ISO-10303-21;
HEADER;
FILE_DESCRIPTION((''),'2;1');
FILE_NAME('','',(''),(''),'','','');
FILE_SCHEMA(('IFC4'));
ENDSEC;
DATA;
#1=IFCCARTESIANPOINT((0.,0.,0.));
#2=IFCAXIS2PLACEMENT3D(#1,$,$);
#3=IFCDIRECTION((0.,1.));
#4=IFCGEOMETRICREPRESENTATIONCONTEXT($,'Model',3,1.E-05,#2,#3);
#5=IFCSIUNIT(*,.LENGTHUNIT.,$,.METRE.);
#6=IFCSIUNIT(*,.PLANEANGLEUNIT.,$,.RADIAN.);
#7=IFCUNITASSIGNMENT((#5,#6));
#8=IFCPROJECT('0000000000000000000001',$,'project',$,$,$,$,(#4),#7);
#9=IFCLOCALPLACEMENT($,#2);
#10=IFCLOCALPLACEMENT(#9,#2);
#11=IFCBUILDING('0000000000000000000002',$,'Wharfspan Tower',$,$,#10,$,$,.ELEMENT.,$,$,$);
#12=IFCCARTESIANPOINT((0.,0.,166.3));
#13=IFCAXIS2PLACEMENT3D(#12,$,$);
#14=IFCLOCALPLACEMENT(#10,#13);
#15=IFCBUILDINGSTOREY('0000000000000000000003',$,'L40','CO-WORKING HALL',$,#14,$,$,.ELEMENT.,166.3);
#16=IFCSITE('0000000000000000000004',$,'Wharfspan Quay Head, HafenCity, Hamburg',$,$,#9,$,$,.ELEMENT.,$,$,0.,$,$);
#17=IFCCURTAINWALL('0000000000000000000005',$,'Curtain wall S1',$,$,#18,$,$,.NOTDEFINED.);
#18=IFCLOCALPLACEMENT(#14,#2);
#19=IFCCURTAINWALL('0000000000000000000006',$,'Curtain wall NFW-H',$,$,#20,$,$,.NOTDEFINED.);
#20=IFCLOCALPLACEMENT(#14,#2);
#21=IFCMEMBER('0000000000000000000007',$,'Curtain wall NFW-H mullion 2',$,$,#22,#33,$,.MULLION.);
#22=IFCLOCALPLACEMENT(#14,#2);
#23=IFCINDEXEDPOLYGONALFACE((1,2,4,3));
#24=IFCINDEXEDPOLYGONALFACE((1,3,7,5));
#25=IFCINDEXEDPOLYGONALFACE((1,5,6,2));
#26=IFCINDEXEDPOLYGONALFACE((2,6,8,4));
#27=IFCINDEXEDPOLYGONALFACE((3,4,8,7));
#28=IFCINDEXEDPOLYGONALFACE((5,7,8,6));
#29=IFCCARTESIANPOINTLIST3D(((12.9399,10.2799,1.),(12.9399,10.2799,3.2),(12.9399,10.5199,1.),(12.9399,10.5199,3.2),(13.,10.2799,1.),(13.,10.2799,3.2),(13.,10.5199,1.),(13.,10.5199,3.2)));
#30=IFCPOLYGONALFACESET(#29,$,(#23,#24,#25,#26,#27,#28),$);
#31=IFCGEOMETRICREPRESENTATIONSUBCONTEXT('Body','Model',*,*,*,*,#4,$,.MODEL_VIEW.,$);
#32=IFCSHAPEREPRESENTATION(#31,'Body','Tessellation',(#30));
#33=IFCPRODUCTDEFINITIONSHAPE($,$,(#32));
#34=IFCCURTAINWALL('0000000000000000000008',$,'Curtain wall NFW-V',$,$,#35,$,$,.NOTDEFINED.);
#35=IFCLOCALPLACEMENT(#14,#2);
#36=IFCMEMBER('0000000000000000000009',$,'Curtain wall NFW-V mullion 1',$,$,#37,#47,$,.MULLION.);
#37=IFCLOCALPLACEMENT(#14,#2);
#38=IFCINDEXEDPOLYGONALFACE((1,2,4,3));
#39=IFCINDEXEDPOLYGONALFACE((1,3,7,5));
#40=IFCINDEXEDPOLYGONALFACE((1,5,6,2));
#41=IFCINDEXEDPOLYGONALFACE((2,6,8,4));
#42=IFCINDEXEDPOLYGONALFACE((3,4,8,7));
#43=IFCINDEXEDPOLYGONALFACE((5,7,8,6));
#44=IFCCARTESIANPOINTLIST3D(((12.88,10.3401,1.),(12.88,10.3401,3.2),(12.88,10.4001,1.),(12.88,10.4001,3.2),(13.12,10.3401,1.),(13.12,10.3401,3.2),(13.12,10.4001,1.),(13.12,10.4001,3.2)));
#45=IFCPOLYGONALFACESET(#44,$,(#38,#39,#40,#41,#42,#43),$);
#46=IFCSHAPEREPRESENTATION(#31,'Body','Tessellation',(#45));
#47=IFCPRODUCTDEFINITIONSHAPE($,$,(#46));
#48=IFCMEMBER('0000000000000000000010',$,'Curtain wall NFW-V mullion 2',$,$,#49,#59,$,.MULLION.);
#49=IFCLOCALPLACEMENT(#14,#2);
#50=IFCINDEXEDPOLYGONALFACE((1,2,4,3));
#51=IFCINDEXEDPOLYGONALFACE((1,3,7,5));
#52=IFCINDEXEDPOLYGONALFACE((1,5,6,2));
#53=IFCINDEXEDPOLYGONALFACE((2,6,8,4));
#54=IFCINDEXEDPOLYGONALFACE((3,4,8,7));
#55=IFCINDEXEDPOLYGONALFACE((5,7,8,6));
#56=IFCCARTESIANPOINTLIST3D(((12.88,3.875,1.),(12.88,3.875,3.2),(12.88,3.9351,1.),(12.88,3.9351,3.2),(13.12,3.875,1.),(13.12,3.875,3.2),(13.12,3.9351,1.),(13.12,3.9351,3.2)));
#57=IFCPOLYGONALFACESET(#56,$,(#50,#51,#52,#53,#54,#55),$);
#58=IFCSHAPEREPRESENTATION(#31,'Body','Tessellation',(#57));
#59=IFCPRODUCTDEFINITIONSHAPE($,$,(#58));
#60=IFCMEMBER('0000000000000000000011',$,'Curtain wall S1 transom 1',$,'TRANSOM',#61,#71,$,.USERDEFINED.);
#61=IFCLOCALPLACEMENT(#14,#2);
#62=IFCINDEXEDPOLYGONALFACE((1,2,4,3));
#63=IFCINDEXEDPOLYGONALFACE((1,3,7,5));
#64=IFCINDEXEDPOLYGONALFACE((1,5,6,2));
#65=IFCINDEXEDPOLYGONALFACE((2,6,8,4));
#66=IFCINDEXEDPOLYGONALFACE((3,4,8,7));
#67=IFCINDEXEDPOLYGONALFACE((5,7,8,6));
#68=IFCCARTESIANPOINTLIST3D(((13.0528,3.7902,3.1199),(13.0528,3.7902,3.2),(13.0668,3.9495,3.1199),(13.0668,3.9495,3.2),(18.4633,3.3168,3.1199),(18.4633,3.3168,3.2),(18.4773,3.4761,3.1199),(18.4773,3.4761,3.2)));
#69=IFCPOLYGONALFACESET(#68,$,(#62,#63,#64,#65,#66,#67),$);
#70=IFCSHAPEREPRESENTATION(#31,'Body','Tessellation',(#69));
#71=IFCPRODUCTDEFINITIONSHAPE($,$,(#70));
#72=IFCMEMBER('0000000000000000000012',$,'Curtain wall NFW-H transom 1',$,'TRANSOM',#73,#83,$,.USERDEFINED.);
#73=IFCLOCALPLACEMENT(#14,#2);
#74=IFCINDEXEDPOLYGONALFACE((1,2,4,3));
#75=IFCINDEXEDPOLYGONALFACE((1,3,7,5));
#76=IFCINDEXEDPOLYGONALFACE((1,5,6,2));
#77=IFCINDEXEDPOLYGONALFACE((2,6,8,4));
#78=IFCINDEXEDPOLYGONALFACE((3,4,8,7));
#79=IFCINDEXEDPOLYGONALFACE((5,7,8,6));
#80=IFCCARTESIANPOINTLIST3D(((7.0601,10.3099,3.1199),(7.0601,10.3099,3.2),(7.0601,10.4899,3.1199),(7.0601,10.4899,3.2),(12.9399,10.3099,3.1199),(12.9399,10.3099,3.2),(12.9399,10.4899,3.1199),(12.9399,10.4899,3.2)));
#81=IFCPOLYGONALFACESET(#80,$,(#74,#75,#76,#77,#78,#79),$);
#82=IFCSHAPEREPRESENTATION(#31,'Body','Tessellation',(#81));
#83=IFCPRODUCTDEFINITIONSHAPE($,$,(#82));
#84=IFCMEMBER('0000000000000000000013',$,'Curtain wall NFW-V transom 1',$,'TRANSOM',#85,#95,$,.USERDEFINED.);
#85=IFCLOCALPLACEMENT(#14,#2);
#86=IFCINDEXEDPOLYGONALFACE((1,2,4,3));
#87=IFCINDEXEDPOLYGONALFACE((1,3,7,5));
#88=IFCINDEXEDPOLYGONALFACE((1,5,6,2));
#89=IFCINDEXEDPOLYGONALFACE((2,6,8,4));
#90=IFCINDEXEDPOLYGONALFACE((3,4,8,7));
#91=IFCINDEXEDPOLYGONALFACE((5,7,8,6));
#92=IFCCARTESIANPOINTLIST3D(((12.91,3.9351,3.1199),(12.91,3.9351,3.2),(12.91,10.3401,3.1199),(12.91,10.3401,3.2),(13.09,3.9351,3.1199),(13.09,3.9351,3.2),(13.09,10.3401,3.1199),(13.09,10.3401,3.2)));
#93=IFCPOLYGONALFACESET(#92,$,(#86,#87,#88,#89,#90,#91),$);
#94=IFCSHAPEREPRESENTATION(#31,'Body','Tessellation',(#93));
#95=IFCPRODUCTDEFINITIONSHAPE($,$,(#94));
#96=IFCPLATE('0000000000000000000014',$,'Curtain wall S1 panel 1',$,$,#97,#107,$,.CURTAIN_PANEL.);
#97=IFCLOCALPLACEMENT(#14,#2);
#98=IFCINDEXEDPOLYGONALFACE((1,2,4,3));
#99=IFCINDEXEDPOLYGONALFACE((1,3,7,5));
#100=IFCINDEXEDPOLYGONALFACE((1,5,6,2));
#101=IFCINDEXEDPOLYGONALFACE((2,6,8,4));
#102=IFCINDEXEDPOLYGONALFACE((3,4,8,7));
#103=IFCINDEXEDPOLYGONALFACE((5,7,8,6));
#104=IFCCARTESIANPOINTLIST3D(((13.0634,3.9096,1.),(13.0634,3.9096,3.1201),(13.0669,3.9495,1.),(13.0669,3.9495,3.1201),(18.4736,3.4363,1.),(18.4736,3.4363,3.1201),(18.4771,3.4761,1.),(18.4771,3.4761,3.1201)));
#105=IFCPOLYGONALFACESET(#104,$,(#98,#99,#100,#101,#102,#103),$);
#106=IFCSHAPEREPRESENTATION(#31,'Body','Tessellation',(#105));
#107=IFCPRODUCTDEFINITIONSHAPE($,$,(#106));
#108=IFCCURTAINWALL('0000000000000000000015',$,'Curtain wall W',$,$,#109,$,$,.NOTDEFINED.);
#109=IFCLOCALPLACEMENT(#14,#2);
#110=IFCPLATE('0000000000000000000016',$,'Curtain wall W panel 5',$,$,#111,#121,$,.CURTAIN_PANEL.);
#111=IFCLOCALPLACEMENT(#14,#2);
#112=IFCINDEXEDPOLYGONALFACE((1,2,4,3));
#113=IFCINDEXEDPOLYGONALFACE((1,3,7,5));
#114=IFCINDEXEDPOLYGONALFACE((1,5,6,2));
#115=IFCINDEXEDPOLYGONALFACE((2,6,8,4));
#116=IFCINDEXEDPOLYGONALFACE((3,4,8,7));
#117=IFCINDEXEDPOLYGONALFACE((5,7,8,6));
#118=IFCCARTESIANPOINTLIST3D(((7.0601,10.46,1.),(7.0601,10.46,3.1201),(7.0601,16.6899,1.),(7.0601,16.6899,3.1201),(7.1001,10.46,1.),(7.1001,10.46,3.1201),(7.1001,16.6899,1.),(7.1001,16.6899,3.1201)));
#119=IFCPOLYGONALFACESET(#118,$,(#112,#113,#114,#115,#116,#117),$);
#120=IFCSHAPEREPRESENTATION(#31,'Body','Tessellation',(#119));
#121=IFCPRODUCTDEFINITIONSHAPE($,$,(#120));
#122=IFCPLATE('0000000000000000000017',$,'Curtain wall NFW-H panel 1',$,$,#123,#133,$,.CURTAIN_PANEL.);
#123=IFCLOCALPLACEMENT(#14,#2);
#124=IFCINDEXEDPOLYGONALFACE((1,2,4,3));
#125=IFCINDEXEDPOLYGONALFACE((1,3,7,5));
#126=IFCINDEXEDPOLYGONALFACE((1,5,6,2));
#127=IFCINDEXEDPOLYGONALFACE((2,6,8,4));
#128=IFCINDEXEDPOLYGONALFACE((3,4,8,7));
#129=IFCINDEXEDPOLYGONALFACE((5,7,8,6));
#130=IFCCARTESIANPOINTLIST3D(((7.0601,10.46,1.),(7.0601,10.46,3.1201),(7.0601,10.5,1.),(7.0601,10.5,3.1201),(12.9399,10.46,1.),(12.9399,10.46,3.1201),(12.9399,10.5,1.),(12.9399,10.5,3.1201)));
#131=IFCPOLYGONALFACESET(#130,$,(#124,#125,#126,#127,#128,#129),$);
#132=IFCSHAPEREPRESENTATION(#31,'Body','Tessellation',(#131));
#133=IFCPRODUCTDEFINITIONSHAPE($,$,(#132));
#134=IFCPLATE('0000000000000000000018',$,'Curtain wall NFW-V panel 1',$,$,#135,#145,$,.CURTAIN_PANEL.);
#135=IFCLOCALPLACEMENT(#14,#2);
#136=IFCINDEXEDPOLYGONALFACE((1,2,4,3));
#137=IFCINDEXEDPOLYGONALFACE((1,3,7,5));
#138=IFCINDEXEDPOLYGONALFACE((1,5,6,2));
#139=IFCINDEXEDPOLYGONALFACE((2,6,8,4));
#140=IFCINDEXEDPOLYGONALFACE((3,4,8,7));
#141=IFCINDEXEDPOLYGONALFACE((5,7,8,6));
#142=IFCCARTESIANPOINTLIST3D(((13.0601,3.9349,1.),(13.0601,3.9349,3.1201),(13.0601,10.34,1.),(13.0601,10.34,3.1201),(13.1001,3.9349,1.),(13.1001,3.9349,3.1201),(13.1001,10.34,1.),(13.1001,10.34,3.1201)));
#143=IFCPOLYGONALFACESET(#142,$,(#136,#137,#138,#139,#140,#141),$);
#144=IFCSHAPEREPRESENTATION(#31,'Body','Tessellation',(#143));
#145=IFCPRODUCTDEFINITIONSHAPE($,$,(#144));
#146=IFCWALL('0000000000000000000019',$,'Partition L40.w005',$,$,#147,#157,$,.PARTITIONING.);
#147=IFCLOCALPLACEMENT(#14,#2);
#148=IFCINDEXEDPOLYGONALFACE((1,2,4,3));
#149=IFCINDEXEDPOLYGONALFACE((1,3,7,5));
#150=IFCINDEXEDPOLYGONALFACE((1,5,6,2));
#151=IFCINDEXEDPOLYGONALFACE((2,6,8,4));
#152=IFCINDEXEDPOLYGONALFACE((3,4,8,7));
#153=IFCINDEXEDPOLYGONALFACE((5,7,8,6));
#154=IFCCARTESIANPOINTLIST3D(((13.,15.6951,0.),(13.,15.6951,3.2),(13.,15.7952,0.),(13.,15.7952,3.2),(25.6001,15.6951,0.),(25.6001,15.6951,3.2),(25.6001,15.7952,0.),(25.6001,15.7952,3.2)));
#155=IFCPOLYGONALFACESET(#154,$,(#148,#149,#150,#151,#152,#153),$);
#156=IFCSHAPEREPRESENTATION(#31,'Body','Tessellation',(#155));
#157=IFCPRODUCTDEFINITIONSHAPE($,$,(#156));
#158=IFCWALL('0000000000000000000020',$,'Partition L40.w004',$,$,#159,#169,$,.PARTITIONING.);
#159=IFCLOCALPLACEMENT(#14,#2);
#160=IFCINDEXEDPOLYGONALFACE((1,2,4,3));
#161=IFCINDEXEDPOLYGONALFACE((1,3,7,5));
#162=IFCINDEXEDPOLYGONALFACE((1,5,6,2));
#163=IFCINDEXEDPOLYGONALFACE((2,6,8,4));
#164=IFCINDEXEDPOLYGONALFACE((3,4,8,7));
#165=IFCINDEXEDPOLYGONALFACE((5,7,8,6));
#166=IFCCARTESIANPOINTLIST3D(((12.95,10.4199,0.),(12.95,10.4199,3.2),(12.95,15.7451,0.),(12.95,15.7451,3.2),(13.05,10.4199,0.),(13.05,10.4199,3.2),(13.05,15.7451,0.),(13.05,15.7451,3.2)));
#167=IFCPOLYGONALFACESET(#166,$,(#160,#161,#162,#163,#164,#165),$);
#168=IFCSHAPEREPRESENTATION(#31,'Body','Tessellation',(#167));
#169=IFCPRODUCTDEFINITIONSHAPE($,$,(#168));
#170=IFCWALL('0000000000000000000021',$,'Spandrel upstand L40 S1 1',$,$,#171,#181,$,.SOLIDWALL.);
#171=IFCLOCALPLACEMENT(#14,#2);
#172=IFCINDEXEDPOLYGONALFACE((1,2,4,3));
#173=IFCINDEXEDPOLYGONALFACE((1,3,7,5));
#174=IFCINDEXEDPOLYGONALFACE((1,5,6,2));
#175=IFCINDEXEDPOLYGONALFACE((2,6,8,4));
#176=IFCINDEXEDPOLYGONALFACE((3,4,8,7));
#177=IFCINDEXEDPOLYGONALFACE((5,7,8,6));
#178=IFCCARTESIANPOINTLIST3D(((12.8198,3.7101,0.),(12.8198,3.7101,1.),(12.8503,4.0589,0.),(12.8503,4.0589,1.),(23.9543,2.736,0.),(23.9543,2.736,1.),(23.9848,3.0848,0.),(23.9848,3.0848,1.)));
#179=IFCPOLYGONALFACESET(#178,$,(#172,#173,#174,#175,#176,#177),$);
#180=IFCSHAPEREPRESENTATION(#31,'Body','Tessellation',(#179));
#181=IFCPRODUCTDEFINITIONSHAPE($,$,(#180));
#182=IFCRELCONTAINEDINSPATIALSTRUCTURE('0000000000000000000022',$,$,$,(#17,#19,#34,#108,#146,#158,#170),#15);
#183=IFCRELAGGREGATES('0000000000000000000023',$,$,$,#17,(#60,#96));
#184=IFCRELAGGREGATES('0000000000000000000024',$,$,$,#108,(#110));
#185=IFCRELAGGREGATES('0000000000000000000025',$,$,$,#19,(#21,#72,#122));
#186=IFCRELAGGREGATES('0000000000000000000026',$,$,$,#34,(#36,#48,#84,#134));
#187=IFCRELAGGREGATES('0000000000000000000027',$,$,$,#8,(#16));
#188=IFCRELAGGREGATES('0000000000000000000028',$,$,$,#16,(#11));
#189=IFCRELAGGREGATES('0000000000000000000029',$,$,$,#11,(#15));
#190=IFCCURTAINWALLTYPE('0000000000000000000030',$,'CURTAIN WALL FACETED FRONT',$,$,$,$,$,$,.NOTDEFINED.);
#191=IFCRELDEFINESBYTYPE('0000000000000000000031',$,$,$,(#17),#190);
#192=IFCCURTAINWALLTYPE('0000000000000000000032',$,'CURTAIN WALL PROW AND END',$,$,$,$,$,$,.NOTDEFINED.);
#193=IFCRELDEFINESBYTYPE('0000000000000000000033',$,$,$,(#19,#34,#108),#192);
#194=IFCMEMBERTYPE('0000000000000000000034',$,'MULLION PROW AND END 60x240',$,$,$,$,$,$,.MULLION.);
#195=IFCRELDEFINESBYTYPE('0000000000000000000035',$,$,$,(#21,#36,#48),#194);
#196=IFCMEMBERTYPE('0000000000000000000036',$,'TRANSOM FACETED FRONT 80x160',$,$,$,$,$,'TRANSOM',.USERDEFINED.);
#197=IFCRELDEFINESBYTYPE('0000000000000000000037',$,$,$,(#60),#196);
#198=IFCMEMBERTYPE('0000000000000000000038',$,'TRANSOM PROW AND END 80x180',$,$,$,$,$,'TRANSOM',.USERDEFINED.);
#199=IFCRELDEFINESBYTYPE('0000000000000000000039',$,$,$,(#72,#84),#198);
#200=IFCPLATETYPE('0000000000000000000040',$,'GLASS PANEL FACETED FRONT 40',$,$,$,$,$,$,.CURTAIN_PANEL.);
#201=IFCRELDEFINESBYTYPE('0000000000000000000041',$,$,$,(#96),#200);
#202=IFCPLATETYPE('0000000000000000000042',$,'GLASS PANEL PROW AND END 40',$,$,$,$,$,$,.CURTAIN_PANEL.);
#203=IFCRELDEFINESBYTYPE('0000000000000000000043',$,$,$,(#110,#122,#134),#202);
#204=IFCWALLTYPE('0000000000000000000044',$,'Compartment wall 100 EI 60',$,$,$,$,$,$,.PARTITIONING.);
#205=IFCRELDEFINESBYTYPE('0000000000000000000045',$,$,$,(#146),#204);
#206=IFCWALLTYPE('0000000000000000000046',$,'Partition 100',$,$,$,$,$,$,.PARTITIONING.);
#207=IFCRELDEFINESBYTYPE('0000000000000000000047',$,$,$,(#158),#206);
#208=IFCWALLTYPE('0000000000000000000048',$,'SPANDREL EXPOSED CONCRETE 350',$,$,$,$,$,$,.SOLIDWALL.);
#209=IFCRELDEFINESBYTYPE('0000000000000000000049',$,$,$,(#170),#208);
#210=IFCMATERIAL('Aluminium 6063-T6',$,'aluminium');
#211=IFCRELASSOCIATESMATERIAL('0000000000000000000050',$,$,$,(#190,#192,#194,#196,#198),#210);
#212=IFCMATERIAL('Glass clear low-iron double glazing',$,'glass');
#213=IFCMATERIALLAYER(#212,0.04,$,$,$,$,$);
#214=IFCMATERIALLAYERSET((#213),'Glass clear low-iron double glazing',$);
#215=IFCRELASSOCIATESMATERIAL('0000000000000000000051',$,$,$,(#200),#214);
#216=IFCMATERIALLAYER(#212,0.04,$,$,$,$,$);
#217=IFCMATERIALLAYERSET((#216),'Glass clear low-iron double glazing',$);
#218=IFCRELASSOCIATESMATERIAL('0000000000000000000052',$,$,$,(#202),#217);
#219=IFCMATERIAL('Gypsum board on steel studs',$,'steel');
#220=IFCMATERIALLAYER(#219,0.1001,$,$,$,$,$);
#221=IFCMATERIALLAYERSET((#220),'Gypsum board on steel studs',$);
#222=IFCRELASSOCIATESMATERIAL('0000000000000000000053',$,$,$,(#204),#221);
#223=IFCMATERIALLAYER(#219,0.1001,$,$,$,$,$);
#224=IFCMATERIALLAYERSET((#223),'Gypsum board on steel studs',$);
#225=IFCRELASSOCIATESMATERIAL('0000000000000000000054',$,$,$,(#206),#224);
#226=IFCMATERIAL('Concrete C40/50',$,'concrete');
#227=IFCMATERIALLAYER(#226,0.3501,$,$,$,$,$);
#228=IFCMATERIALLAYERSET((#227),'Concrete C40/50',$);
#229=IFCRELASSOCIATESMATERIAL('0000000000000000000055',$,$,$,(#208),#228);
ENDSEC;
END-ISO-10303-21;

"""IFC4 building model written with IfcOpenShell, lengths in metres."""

from ifc_helpers import new_model, si_unit, direction, frame, frame_2d, origin, origin_2d, place, context, subcontext, project, spatial, rectangle, extrude, material, layer, layer_set, material_profile, profile_set, type_object, element, aggregate, save


model = new_model("IFC4")

# Units and contexts
model_context = context("Model", 3, precision=1e-05, world=origin(), true_north=direction((0.0, 1.0)))
body_context = subcontext(model_context, "Body", "Model", "MODEL_VIEW")
ifc_project = project(units=[si_unit("LENGTHUNIT", "METRE"), si_unit("PLANEANGLEUNIT", "RADIAN")], contexts=[model_context])

# Site, building, storey
site_placement = place(None, origin())
site = spatial("IfcSite", under=ifc_project, at=site_placement, Name="Wharfspan Quay Head, HafenCity, Hamburg", CompositionType="ELEMENT", RefElevation=0.0)
building_placement = place(site_placement, origin())
building = spatial("IfcBuilding", under=site, at=building_placement, Name="Wharfspan Tower", CompositionType="ELEMENT")
storey_placement = place(building_placement, frame((0.0, 0.0, 166.3)))
storey = spatial("IfcBuildingStorey", under=building, at=storey_placement, Name="L40", Description="CO-WORKING HALL", CompositionType="ELEMENT", Elevation=166.3)

# Curtain wall
ifc_material_1 = material(Name="Aluminium 6063-T6", Category="aluminium")
curtain_wall_type_1 = type_object("IfcCurtainWallType", Name="CURTAIN WALL FACETED FRONT", PredefinedType="NOTDEFINED", material=ifc_material_1)
curtain_wall_1_placement = place(storey_placement, origin())
curtain_wall_1 = element("IfcCurtainWall", 1, at=curtain_wall_1_placement, inside=storey, type_object=curtain_wall_type_1, Name="Curtain wall S1", PredefinedType="NOTDEFINED")

# Curtain wall, member
curtain_wall_type_2 = type_object("IfcCurtainWallType", Name="CURTAIN WALL PROW AND END", PredefinedType="NOTDEFINED", material=ifc_material_1)
curtain_wall_2_placement = place(storey_placement, origin())
curtain_wall_2 = element("IfcCurtainWall", 2, at=curtain_wall_2_placement, inside=storey, type_object=curtain_wall_type_2, Name="Curtain wall NFW-H", PredefinedType="NOTDEFINED")
ifc_material_profile_1 = material_profile(ifc_material_1, rectangle(XDim=0.24, YDim=0.0601, at=origin_2d()))
ifc_profile_set_1 = profile_set([ifc_material_profile_1], Name="Aluminium 6063-T6")
member_type_1 = type_object("IfcMemberType", Name="MULLION PROW AND END 60x240", PredefinedType="MULLION", material=ifc_profile_set_1)
member_1_placement = place(storey_placement, frame((12.97, 10.3999, 1.0), z_axis=(0.0, 0.0, 1.0), x_axis=(0.0, 1.0, 0.0)))
member_1 = element("IfcMember", 3, at=member_1_placement, type_object=member_type_1, Name="Curtain wall NFW-H mullion 2", PredefinedType="MULLION", context=body_context, shape_type="SweptSolid", body=[
    extrude(rectangle(XDim=0.24, YDim=0.0601, at=origin_2d()), origin(), (0.0, 0.0, 1.0), 2.2),
])

# Curtain wall, members
curtain_wall_3_placement = place(storey_placement, origin())
curtain_wall_3 = element("IfcCurtainWall", 4, at=curtain_wall_3_placement, inside=storey, type_object=curtain_wall_type_2, Name="Curtain wall NFW-V", PredefinedType="NOTDEFINED")
member_2_placement = place(storey_placement, frame((13.0, 10.3701, 1.0), z_axis=(0.0, 0.0, 1.0), x_axis=(1.0, 0.0, 0.0)))
member_2 = element("IfcMember", 5, at=member_2_placement, type_object=member_type_1, Name="Curtain wall NFW-V mullion 1", PredefinedType="MULLION", context=body_context, shape_type="SweptSolid", body=[
    extrude(rectangle(XDim=0.24, YDim=0.0601, at=origin_2d()), origin(), (0.0, 0.0, 1.0), 2.2),
])
member_3_placement = place(storey_placement, frame((13.0, 3.905, 1.0), z_axis=(0.0, 0.0, 1.0), x_axis=(1.0, 0.0, 0.0)))
member_3 = element("IfcMember", 6, at=member_3_placement, type_object=member_type_1, Name="Curtain wall NFW-V mullion 2", PredefinedType="MULLION", context=body_context, shape_type="SweptSolid", body=[
    extrude(rectangle(XDim=0.24, YDim=0.0601, at=origin_2d()), origin(), (0.0, 0.0, 1.0), 2.2),
])

# Members
ifc_material_profile_2 = material_profile(ifc_material_1, rectangle(XDim=0.1599, YDim=0.0801, at=origin_2d()))
ifc_profile_set_2 = profile_set([ifc_material_profile_2], Name="Aluminium 6063-T6")
member_type_2 = type_object("IfcMemberType", Name="TRANSOM FACETED FRONT 80x160", ElementType="TRANSOM", PredefinedType="USERDEFINED", material=ifc_profile_set_2)
member_4_placement = place(storey_placement, frame((13.0598, 3.8699, 3.1599), z_axis=(0.996194, -0.087163, 0.0), x_axis=(0.087163, 0.996194, 0.0)))
member_4 = element("IfcMember", 7, at=member_4_placement, type_object=member_type_2, Name="Curtain wall S1 transom 1", ObjectType="TRANSOM", PredefinedType="USERDEFINED", context=body_context, shape_type="SweptSolid", body=[
    extrude(rectangle(XDim=0.1599, YDim=0.0801, at=origin_2d()), origin(), (0.0, 0.0, 1.0), 5.4312),
])
ifc_material_profile_3 = material_profile(ifc_material_1, rectangle(XDim=0.1799, YDim=0.0801, at=origin_2d()))
ifc_profile_set_3 = profile_set([ifc_material_profile_3], Name="Aluminium 6063-T6")
member_type_3 = type_object("IfcMemberType", Name="TRANSOM PROW AND END 80x180", ElementType="TRANSOM", PredefinedType="USERDEFINED", material=ifc_profile_set_3)
member_5_placement = place(storey_placement, frame((7.0601, 10.3999, 3.1599), z_axis=(1.0, 0.0, 0.0), x_axis=(0.0, 1.0, 0.0)))
member_5 = element("IfcMember", 8, at=member_5_placement, type_object=member_type_3, Name="Curtain wall NFW-H transom 1", ObjectType="TRANSOM", PredefinedType="USERDEFINED", context=body_context, shape_type="SweptSolid", body=[
    extrude(rectangle(XDim=0.1799, YDim=0.0801, at=origin_2d()), origin(), (0.0, 0.0, 1.0), 5.8799),
])
member_6_placement = place(storey_placement, frame((13.0, 10.3401, 3.1599), z_axis=(0.0, -1.0, 0.0), x_axis=(1.0, 0.0, 0.0)))
member_6 = element("IfcMember", 9, at=member_6_placement, type_object=member_type_3, Name="Curtain wall NFW-V transom 1", ObjectType="TRANSOM", PredefinedType="USERDEFINED", context=body_context, shape_type="SweptSolid", body=[
    extrude(rectangle(XDim=0.1799, YDim=0.0801, at=origin_2d()), origin(), (0.0, 0.0, 1.0), 6.405),
])

# Plate
ifc_material_2 = material(Name="Glass clear low-iron double glazing", Category="glass")
ifc_layer_1 = layer(ifc_material_2, 0.04)
ifc_layer_set_1 = layer_set([ifc_layer_1], Name="Glass clear low-iron double glazing")
plate_type_1 = type_object("IfcPlateType", Name="GLASS PANEL FACETED FRONT 40", PredefinedType="CURTAIN_PANEL", material=ifc_layer_set_1)
plate_1_placement = place(storey_placement, frame((15.7703, 3.6929, 1.0), z_axis=(0.0, 0.0, 1.0), x_axis=(0.996198, -0.087156, 0.0)))
plate_1 = element("IfcPlate", 10, at=plate_1_placement, type_object=plate_type_1, Name="Curtain wall S1 panel 1", PredefinedType="CURTAIN_PANEL", context=body_context, shape_type="SweptSolid", body=[
    extrude(rectangle(XDim=5.4309, YDim=0.04, at=origin_2d()), origin(), (0.0, 0.0, 1.0), 2.1201),
])
aggregate(curtain_wall_1, [member_4, plate_1])

# Curtain wall, plate
curtain_wall_4_placement = place(storey_placement, origin())
curtain_wall_4 = element("IfcCurtainWall", 11, at=curtain_wall_4_placement, inside=storey, type_object=curtain_wall_type_2, Name="Curtain wall W", PredefinedType="NOTDEFINED")
ifc_layer_2 = layer(ifc_material_2, 0.04)
ifc_layer_set_2 = layer_set([ifc_layer_2], Name="Glass clear low-iron double glazing")
plate_type_2 = type_object("IfcPlateType", Name="GLASS PANEL PROW AND END 40", PredefinedType="CURTAIN_PANEL", material=ifc_layer_set_2)
plate_2_placement = place(storey_placement, frame((7.0801, 13.575, 1.0), z_axis=(0.0, 0.0, 1.0), x_axis=(0.0, -1.0, 0.0)))
plate_2 = element("IfcPlate", 12, at=plate_2_placement, type_object=plate_type_2, Name="Curtain wall W panel 5", PredefinedType="CURTAIN_PANEL", context=body_context, shape_type="SweptSolid", body=[
    extrude(rectangle(XDim=6.23, YDim=0.04, at=origin_2d()), origin(), (0.0, 0.0, 1.0), 2.1201),
])
aggregate(curtain_wall_4, [plate_2])

# Plates
plate_3_placement = place(storey_placement, frame((10.0, 10.48, 1.0), z_axis=(0.0, 0.0, 1.0), x_axis=(1.0, 0.0, 0.0)))
plate_3 = element("IfcPlate", 13, at=plate_3_placement, type_object=plate_type_2, Name="Curtain wall NFW-H panel 1", PredefinedType="CURTAIN_PANEL", context=body_context, shape_type="SweptSolid", body=[
    extrude(rectangle(XDim=5.8799, YDim=0.04, at=origin_2d()), origin(), (0.0, 0.0, 1.0), 2.1201),
])
aggregate(curtain_wall_2, [member_1, member_5, plate_3])
plate_4_placement = place(storey_placement, frame((13.0801, 7.1375, 1.0), z_axis=(0.0, 0.0, 1.0), x_axis=(0.0, -1.0, 0.0)))
plate_4 = element("IfcPlate", 14, at=plate_4_placement, type_object=plate_type_2, Name="Curtain wall NFW-V panel 1", PredefinedType="CURTAIN_PANEL", context=body_context, shape_type="SweptSolid", body=[
    extrude(rectangle(XDim=6.405, YDim=0.04, at=origin_2d()), origin(), (0.0, 0.0, 1.0), 2.1201),
])
aggregate(curtain_wall_3, [member_2, member_3, member_6, plate_4])

# Walls
ifc_material_3 = material(Name="Gypsum board on steel studs", Category="steel")
ifc_layer_3 = layer(ifc_material_3, 0.1001)
ifc_layer_set_3 = layer_set([ifc_layer_3], Name="Gypsum board on steel studs")
wall_type_1 = type_object("IfcWallType", Name="Compartment wall 100 EI 60", PredefinedType="PARTITIONING", material=ifc_layer_set_3)
wall_1_placement = place(storey_placement, frame((13.0, 15.7451, 0.0), z_axis=(0.0, 0.0, 1.0), x_axis=(1.0, 0.0, 0.0)))
element("IfcWall", 15, at=wall_1_placement, inside=storey, type_object=wall_type_1, Name="Partition L40.w005", PredefinedType="PARTITIONING", context=body_context, shape_type="SweptSolid", body=[
    extrude(rectangle(XDim=12.6001, YDim=0.1001, at=frame_2d((6.3, 0.0))), origin(), (0.0, 0.0, 1.0), 3.2),
])
ifc_layer_4 = layer(ifc_material_3, 0.1001)
ifc_layer_set_4 = layer_set([ifc_layer_4], Name="Gypsum board on steel studs")
wall_type_2 = type_object("IfcWallType", Name="Partition 100", PredefinedType="PARTITIONING", material=ifc_layer_set_4)
wall_2_placement = place(storey_placement, frame((13.0, 10.4199, 0.0), z_axis=(0.0, 0.0, 1.0), x_axis=(0.0, 1.0, 0.0)))
element("IfcWall", 16, at=wall_2_placement, inside=storey, type_object=wall_type_2, Name="Partition L40.w004", PredefinedType="PARTITIONING", context=body_context, shape_type="SweptSolid", body=[
    extrude(rectangle(XDim=5.3252, YDim=0.1001, at=frame_2d((2.6626, 0.0))), origin(), (0.0, 0.0, 1.0), 3.2),
])
ifc_material_4 = material(Name="Concrete C40/50", Category="concrete")
ifc_layer_5 = layer(ifc_material_4, 0.3501)
ifc_layer_set_5 = layer_set([ifc_layer_5], Name="Concrete C40/50")
wall_type_3 = type_object("IfcWallType", Name="SPANDREL EXPOSED CONCRETE 350", PredefinedType="SOLIDWALL", material=ifc_layer_set_5)
wall_3_placement = place(storey_placement, frame((12.8352, 3.8845, 0.0), z_axis=(0.0, 0.0, 1.0), x_axis=(0.996199, -0.087154, 0.0)))
element("IfcWall", 17, at=wall_3_placement, inside=storey, type_object=wall_type_3, Name="Spandrel upstand L40 S1 1", PredefinedType="SOLIDWALL", context=body_context, shape_type="SweptSolid", body=[
    extrude(rectangle(XDim=11.177, YDim=0.3501, at=frame_2d((5.5884, 0.0))), origin(), (0.0, 0.0, 1.0), 1.0),
])

save(model, "model.ifc")
